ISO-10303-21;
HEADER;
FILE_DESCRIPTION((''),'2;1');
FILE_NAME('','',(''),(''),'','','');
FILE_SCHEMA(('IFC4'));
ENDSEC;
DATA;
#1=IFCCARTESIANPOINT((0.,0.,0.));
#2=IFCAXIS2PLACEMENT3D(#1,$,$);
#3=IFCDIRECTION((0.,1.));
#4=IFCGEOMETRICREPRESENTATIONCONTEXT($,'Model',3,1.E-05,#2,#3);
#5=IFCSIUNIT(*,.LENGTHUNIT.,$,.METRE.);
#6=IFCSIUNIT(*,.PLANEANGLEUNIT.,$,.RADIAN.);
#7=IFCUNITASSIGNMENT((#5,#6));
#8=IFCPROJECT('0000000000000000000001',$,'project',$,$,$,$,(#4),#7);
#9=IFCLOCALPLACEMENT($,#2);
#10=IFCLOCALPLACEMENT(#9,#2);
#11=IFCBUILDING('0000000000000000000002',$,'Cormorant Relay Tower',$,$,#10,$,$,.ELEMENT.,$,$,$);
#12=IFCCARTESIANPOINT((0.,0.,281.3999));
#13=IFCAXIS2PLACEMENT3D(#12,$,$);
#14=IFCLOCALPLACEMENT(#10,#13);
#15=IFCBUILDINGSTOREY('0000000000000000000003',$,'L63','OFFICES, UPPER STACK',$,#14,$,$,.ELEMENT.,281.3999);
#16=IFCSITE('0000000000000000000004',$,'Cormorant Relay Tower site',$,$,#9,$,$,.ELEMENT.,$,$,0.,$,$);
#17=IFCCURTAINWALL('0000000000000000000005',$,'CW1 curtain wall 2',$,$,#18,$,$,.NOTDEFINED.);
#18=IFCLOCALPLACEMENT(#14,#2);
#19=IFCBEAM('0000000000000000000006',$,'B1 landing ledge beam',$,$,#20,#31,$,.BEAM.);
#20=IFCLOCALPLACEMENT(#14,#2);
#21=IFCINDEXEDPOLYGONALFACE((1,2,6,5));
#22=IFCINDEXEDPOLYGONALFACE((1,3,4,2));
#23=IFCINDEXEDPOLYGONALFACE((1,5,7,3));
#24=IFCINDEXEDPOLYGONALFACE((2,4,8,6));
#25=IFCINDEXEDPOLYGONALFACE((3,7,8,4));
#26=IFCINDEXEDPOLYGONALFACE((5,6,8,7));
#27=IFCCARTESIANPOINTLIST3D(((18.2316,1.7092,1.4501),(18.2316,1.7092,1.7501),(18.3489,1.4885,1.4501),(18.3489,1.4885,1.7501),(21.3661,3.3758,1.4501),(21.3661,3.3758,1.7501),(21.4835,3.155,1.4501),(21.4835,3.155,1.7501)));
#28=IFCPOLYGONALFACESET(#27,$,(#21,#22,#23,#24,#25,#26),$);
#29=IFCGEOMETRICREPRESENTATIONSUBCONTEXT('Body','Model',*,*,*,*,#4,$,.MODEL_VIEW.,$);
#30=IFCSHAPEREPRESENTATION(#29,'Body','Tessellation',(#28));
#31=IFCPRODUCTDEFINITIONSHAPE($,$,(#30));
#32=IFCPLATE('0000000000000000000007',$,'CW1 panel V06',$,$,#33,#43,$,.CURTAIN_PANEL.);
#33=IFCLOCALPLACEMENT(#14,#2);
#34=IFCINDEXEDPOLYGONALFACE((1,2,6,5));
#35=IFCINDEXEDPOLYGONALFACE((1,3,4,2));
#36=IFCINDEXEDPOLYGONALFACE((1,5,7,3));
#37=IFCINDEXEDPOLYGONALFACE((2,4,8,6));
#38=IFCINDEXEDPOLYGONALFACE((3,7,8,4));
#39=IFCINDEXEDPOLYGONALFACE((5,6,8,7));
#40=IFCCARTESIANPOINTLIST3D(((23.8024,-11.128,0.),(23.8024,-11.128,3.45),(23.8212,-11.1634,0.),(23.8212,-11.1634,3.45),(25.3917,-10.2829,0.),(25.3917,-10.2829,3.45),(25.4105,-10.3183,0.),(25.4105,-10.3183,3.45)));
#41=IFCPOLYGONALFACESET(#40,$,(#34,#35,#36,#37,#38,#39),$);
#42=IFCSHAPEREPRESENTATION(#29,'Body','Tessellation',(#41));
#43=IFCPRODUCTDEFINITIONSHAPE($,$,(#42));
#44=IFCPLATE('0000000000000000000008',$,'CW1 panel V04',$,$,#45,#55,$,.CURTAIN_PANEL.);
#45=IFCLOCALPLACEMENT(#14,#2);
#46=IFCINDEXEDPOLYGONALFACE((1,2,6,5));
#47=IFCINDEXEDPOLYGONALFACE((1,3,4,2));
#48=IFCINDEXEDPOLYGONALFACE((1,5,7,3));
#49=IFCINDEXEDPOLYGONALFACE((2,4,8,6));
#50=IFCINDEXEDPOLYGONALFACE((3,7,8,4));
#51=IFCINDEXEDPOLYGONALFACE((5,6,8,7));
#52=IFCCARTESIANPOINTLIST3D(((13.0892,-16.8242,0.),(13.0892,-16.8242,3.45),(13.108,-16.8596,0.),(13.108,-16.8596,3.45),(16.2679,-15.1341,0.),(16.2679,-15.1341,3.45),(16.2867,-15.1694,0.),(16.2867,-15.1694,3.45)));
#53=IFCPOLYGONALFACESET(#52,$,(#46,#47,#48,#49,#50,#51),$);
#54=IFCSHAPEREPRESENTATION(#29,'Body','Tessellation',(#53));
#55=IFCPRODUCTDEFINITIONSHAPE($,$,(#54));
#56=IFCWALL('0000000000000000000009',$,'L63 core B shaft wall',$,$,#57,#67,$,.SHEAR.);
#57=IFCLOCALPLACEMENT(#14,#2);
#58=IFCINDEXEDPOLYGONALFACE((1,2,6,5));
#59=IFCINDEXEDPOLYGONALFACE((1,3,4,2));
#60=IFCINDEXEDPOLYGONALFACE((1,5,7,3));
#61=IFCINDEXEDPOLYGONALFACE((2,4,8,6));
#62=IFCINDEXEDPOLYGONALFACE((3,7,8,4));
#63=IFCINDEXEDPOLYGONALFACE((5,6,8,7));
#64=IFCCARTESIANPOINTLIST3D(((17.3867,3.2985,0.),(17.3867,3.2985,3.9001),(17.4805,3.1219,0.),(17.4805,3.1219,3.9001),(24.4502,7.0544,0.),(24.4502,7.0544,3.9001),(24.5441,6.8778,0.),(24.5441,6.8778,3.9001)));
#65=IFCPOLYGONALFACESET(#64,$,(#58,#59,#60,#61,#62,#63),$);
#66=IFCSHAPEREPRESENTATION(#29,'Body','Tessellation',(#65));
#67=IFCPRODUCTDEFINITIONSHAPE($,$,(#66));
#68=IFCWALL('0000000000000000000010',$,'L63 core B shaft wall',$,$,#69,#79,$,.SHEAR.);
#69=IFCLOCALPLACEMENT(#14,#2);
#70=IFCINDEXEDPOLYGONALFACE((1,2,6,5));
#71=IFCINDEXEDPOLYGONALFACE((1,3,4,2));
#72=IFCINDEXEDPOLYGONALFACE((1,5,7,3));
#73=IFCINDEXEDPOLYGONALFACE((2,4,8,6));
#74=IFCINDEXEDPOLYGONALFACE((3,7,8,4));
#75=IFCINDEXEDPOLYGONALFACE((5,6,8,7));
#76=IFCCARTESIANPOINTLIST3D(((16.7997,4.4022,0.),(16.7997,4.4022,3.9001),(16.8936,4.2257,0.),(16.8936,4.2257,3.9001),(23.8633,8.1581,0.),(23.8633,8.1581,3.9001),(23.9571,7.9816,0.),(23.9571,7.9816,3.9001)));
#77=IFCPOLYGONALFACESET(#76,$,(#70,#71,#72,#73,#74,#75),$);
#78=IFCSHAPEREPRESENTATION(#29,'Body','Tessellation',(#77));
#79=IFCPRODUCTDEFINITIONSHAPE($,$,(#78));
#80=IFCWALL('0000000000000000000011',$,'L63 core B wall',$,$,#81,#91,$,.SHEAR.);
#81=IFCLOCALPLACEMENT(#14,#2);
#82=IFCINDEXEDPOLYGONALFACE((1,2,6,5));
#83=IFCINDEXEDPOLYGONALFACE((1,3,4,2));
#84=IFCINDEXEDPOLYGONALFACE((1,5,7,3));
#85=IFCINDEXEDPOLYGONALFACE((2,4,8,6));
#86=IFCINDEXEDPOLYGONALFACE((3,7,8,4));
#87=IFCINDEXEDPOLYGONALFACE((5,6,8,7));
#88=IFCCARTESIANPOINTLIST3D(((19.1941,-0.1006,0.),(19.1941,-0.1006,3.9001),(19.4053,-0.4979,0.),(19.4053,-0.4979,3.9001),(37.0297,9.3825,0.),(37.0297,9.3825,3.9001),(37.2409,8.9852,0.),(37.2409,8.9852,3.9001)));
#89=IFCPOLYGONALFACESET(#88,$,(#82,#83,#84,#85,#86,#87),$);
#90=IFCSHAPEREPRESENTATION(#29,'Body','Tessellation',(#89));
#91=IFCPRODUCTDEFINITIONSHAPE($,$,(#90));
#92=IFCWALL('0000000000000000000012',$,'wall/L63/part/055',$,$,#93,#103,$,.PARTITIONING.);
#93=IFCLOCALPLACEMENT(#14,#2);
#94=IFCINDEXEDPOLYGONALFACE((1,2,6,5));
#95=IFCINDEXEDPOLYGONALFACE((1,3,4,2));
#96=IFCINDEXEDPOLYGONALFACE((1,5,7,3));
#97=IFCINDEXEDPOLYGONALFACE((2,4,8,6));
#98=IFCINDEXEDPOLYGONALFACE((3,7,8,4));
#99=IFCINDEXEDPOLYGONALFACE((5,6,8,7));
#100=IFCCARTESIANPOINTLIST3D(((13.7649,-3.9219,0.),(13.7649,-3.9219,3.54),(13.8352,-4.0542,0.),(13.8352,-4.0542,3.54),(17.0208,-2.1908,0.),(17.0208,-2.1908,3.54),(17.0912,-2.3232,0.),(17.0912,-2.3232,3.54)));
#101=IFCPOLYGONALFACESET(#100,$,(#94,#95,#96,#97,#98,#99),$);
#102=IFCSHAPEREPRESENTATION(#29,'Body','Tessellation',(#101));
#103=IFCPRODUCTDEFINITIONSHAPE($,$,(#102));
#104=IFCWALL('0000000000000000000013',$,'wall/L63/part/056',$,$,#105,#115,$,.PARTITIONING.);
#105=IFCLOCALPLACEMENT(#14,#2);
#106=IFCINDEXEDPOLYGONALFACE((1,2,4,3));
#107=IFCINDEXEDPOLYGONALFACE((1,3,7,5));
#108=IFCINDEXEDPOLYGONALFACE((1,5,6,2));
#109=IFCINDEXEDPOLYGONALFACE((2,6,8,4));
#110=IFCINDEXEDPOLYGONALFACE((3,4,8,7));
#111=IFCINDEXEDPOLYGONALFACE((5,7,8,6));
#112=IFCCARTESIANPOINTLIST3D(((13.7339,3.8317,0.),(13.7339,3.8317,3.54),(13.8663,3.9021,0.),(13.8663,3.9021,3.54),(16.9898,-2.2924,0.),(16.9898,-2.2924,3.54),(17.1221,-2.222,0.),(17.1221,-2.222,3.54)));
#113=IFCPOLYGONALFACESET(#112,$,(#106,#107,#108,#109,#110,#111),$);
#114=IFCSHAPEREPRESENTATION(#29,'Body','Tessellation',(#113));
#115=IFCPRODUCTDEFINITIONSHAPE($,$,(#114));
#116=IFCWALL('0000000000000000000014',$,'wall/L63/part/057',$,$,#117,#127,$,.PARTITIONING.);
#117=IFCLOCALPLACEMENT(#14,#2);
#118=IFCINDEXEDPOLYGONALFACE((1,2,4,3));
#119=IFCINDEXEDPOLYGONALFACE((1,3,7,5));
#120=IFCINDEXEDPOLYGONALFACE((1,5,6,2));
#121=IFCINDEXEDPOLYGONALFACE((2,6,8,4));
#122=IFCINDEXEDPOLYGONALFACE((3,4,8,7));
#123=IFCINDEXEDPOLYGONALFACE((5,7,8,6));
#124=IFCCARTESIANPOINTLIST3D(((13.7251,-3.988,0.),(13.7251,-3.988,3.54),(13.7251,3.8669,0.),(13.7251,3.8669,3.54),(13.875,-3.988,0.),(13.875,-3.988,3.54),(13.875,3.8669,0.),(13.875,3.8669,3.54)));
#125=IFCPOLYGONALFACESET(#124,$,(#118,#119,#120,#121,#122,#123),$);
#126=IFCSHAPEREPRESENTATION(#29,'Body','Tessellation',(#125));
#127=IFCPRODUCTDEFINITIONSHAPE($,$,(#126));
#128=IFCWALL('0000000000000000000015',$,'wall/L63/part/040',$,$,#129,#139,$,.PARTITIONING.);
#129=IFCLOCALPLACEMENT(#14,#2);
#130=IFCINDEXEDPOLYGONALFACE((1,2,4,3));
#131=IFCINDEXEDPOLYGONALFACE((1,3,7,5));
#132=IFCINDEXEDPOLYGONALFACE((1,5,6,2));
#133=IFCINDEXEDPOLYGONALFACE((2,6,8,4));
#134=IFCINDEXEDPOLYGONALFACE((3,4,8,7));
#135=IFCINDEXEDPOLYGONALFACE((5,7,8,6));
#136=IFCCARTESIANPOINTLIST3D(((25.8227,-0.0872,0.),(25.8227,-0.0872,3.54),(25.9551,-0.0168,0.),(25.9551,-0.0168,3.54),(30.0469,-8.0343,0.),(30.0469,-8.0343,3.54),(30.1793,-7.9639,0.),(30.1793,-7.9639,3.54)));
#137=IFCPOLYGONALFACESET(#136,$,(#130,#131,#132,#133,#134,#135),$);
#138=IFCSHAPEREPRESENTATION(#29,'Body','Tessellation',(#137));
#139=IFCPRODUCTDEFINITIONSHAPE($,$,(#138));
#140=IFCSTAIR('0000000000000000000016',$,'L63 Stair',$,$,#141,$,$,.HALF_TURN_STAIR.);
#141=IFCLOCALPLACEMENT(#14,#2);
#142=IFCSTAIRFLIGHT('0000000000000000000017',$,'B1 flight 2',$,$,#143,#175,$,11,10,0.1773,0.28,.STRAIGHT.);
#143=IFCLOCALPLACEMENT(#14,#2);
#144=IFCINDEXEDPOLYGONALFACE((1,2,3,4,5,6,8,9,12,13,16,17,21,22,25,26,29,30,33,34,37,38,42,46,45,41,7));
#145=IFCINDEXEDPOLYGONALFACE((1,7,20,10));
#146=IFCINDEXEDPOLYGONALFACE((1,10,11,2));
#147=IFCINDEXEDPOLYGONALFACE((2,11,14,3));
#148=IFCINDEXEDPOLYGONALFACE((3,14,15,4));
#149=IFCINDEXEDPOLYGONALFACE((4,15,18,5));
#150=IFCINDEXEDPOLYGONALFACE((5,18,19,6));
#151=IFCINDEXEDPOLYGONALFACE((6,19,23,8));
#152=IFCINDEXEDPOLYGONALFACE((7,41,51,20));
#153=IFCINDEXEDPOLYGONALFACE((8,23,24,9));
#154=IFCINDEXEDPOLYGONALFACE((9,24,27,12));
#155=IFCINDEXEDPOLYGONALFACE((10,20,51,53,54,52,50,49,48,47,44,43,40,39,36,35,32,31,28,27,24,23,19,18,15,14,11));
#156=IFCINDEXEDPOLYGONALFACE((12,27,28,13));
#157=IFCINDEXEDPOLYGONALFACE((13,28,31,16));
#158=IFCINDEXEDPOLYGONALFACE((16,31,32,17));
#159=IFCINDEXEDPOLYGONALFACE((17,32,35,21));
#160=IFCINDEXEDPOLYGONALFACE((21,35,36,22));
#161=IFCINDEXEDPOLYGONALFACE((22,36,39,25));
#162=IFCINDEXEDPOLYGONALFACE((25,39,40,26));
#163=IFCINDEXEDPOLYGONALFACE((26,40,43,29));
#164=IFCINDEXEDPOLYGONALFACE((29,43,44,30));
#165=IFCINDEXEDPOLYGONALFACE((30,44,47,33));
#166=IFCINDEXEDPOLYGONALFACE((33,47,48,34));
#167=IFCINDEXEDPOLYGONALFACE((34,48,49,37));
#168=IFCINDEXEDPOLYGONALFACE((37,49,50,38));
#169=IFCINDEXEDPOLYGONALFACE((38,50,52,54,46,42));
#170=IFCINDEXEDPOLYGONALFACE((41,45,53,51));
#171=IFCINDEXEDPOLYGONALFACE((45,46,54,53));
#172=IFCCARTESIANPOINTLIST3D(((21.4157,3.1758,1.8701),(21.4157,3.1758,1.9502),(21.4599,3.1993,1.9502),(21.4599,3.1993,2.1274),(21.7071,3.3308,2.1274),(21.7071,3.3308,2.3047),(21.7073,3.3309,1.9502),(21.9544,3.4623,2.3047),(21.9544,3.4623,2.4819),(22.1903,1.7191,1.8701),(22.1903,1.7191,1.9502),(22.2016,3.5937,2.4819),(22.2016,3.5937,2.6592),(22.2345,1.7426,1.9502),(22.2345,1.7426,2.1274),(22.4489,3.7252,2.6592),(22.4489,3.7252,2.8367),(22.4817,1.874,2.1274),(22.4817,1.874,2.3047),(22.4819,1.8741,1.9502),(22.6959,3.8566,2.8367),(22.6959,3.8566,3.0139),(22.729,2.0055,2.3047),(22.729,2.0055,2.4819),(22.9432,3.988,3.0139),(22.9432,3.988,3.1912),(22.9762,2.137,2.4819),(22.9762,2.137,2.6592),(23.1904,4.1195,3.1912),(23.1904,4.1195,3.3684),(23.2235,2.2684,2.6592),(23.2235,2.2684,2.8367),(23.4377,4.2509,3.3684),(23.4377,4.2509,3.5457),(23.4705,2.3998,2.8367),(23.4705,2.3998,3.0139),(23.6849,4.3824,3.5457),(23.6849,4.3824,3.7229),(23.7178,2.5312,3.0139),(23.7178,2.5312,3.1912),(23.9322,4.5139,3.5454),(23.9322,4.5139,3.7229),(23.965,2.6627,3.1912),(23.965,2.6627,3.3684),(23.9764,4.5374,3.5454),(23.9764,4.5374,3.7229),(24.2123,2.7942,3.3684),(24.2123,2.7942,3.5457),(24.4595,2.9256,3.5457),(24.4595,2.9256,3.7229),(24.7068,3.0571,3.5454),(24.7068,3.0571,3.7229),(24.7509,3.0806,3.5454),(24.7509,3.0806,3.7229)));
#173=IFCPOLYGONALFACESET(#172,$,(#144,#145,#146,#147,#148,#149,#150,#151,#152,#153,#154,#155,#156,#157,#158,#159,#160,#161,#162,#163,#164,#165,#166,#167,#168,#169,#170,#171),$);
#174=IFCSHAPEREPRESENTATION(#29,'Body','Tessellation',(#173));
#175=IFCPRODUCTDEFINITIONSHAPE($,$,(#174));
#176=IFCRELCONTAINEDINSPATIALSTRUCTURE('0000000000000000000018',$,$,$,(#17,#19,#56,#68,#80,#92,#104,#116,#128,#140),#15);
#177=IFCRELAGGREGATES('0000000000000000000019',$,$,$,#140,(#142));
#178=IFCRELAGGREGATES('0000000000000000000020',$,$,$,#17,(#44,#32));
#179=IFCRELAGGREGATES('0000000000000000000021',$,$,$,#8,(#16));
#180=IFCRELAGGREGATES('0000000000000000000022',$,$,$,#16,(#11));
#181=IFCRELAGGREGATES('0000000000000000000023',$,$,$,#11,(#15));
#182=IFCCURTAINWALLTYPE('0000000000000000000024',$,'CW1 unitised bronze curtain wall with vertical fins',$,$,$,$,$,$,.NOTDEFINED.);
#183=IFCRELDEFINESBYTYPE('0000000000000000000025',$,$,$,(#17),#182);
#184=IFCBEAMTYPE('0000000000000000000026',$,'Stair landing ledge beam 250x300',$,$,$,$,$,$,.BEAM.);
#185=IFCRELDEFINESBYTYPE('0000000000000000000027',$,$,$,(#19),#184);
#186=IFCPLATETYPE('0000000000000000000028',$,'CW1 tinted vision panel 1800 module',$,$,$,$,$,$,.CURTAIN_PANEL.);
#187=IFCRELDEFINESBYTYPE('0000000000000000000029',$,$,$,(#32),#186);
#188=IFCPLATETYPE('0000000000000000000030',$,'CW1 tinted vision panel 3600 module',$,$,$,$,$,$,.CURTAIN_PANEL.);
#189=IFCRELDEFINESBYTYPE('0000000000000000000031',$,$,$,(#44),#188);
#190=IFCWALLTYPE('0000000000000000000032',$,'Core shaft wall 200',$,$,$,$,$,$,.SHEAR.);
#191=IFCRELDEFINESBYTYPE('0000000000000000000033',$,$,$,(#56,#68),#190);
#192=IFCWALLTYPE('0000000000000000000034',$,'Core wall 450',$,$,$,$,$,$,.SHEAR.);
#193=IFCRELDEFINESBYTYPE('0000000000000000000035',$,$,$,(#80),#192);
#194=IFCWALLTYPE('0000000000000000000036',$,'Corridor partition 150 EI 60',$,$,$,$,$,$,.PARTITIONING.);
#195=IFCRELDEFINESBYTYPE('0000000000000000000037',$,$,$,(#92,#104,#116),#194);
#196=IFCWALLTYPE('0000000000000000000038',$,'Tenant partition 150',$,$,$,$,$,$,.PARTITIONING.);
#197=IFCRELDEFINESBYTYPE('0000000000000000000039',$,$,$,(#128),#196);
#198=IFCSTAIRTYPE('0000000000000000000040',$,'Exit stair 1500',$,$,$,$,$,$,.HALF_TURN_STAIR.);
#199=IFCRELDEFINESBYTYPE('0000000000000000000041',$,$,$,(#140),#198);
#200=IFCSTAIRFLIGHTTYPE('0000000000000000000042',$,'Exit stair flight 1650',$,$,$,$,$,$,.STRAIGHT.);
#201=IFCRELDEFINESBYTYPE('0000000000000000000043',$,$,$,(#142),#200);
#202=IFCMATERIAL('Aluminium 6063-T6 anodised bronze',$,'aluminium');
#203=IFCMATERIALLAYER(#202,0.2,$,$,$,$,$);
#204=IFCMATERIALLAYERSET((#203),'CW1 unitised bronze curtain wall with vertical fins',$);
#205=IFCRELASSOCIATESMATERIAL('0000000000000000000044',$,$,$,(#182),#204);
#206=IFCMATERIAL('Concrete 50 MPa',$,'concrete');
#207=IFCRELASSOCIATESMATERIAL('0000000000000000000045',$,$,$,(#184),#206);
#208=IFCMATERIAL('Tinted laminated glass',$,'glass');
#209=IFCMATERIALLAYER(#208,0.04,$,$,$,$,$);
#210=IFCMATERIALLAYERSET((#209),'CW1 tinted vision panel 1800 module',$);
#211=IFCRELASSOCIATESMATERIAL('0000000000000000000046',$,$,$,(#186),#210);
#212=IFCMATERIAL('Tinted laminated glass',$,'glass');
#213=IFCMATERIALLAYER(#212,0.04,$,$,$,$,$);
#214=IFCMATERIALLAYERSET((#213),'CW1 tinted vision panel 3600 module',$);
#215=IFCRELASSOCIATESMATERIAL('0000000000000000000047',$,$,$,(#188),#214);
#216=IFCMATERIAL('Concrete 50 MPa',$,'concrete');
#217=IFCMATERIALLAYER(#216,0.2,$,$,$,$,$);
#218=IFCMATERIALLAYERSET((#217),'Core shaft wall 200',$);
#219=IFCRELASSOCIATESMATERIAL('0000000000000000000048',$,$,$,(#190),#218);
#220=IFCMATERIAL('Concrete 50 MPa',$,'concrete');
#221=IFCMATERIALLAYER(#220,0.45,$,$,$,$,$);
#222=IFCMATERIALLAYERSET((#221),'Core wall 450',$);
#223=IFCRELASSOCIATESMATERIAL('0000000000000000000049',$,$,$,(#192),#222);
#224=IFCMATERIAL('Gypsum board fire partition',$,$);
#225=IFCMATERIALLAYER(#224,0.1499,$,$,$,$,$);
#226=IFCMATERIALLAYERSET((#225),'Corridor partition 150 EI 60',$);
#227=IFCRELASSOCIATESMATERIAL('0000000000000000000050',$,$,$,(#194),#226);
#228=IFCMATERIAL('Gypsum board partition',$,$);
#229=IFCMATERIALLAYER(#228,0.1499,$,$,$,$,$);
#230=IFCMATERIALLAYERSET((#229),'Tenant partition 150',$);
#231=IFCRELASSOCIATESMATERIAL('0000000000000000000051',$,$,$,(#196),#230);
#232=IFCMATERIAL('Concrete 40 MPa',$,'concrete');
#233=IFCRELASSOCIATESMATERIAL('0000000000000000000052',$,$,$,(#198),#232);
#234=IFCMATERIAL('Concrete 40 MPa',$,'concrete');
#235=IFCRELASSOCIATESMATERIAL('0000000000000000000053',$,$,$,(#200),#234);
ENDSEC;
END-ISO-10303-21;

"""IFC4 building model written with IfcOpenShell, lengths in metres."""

from ifc_helpers import new_model, si_unit, direction, frame, frame_2d, origin, origin_2d, place, context, subcontext, project, spatial, polyline, rectangle, outline, extrude, material, layer, layer_set, material_profile, profile_set, type_object, element, aggregate, save


model = new_model("IFC4")

# Units and contexts
model_context = context("Model", 3, precision=1e-05, world=origin(), true_north=direction((0.0, 1.0)))
body_context = subcontext(model_context, "Body", "Model", "MODEL_VIEW")
ifc_project = project(units=[si_unit("LENGTHUNIT", "METRE"), si_unit("PLANEANGLEUNIT", "RADIAN")], contexts=[model_context])

# Site, building, storey
site_placement = place(None, origin())
site = spatial("IfcSite", under=ifc_project, at=site_placement, Name="Cormorant Relay Tower site", CompositionType="ELEMENT", RefElevation=0.0)
building_placement = place(site_placement, origin())
building = spatial("IfcBuilding", under=site, at=building_placement, Name="Cormorant Relay Tower", CompositionType="ELEMENT")
storey_placement = place(building_placement, frame((0.0, 0.0, 281.3999)))
storey = spatial("IfcBuildingStorey", under=building, at=storey_placement, Name="L63", Description="OFFICES, UPPER STACK", CompositionType="ELEMENT", Elevation=281.3999)

# Curtain wall
ifc_material_1 = material(Name="Aluminium 6063-T6 anodised bronze", Category="aluminium")
ifc_layer_1 = layer(ifc_material_1, 0.2)
ifc_layer_set_1 = layer_set([ifc_layer_1], Name="CW1 unitised bronze curtain wall with vertical fins")
curtain_wall_type = type_object("IfcCurtainWallType", Name="CW1 unitised bronze curtain wall with vertical fins", PredefinedType="NOTDEFINED", material=ifc_layer_set_1)
curtain_wall_placement = place(storey_placement, origin())
curtain_wall = element("IfcCurtainWall", 1, at=curtain_wall_placement, inside=storey, type_object=curtain_wall_type, Name="CW1 curtain wall 2", PredefinedType="NOTDEFINED")

# Beam
ifc_material_2 = material(Name="Concrete 50 MPa", Category="concrete")
ifc_material_profile_1 = material_profile(ifc_material_2, rectangle(XDim=0.25, YDim=0.3, at=origin_2d()), Name="RC 250x300")
ifc_profile_set_1 = profile_set([ifc_material_profile_1], Name="Concrete 50 MPa")
beam_type_1 = type_object("IfcBeamType", Name="Stair landing ledge beam 250x300", PredefinedType="BEAM", material=ifc_profile_set_1)
beam_1_placement = place(storey_placement, frame((21.4248, 3.2654, 1.6001), z_axis=(-0.882965, -0.469438, 0.0), x_axis=(0.469438, -0.882965, 0.0)))
element("IfcBeam", 2, at=beam_1_placement, inside=storey, type_object=beam_type_1, Name="B1 landing ledge beam", PredefinedType="BEAM", context=body_context, shape_type="SweptSolid", body=[
    extrude(rectangle(XDim=0.25, YDim=0.3, at=origin_2d()), origin(), (0.0, 0.0, 1.0), 3.55),
])

# Plates
ifc_material_3 = material(Name="Tinted laminated glass", Category="glass")
ifc_layer_2 = layer(ifc_material_3, 0.04)
ifc_layer_set_2 = layer_set([ifc_layer_2], Name="CW1 tinted vision panel 1800 module")
plate_type_1 = type_object("IfcPlateType", Name="CW1 tinted vision panel 1800 module", PredefinedType="CURTAIN_PANEL", material=ifc_layer_set_2)
plate_1_placement = place(storey_placement, frame((24.6064, -10.7231, 0.0), z_axis=(0.0, 0.0, 1.0), x_axis=(0.882948, 0.469472, 0.0)))
plate_1 = element("IfcPlate", 3, at=plate_1_placement, type_object=plate_type_1, Name="CW1 panel V06", PredefinedType="CURTAIN_PANEL", context=body_context, shape_type="SweptSolid", body=[
    extrude(rectangle(XDim=1.8, YDim=0.04, at=origin_2d()), origin(), (0.0, 0.0, 1.0), 3.45),
])
ifc_material_4 = material(Name="Tinted laminated glass", Category="glass")
ifc_layer_3 = layer(ifc_material_4, 0.04)
ifc_layer_set_3 = layer_set([ifc_layer_3], Name="CW1 tinted vision panel 3600 module")
plate_type_2 = type_object("IfcPlateType", Name="CW1 tinted vision panel 3600 module", PredefinedType="CURTAIN_PANEL", material=ifc_layer_set_3)
plate_2_placement = place(storey_placement, frame((14.688, -15.9968, 0.0), z_axis=(0.0, 0.0, 1.0), x_axis=(0.882948, 0.469472, 0.0)))
plate_2 = element("IfcPlate", 4, at=plate_2_placement, type_object=plate_type_2, Name="CW1 panel V04", PredefinedType="CURTAIN_PANEL", context=body_context, shape_type="SweptSolid", body=[
    extrude(rectangle(XDim=3.6001, YDim=0.04, at=origin_2d()), origin(), (0.0, 0.0, 1.0), 3.45),
])

# Walls
ifc_material_5 = material(Name="Concrete 50 MPa", Category="concrete")
ifc_layer_4 = layer(ifc_material_5, 0.2)
ifc_layer_set_4 = layer_set([ifc_layer_4], Name="Core shaft wall 200")
wall_type_1 = type_object("IfcWallType", Name="Core shaft wall 200", PredefinedType="SHEAR", material=ifc_layer_set_4)
for number, where, z_axis, x_axis, name in (
    (5, (17.4336, 3.2102, 0.0), (0.0, 0.0, 1.0), (0.88294, 0.469485, 0.0), "L63 core B shaft wall"),
    (6, (16.8467, 4.314, 0.0), (0.0, 0.0, 1.0), (0.88294, 0.469485, 0.0), "L63 core B shaft wall"),
):
    element("IfcWall", number, at=place(storey_placement, frame(where, z_axis=z_axis, x_axis=x_axis)), inside=storey, type_object=wall_type_1, Name=name, PredefinedType="SHEAR", context=body_context, shape_type="SweptSolid", body=[
        extrude(rectangle(XDim=8.0, YDim=0.2, at=frame_2d((4.0, 0.0))), origin(), (0.0, 0.0, 1.0), 3.9001),
    ])

# Shared definitions
ifc_material_6 = material(Name="Concrete 50 MPa", Category="concrete")
ifc_layer_5 = layer(ifc_material_6, 0.45)
ifc_layer_set_5 = layer_set([ifc_layer_5], Name="Core wall 450")
wall_type_2 = type_object("IfcWallType", Name="Core wall 450", PredefinedType="SHEAR", material=ifc_layer_set_5)

# Walls
wall_1_placement = place(storey_placement, frame((19.2996, -0.2993, 0.0), z_axis=(0.0, 0.0, 1.0), x_axis=(0.882953, 0.469462, 0.0)))
element("IfcWall", 7, at=wall_1_placement, inside=storey, type_object=wall_type_2, Name="L63 core B wall", PredefinedType="SHEAR", context=body_context, shape_type="SweptSolid", body=[
    extrude(rectangle(XDim=20.2, YDim=0.45, at=frame_2d((10.1001, 0.0))), origin(), (0.0, 0.0, 1.0), 3.9001),
])
ifc_material_7 = material(Name="Gypsum board fire partition")
ifc_layer_6 = layer(ifc_material_7, 0.1499)
ifc_layer_set_6 = layer_set([ifc_layer_6], Name="Corridor partition 150 EI 60")
wall_type_3 = type_object("IfcWallType", Name="Corridor partition 150 EI 60", PredefinedType="PARTITIONING", material=ifc_layer_set_6)
wall_2_placement = place(storey_placement, frame((13.8, -3.988, 0.0), z_axis=(0.0, 0.0, 1.0), x_axis=(0.882972, 0.469426, 0.0)))
element("IfcWall", 8, at=wall_2_placement, inside=storey, type_object=wall_type_3, Name="wall/L63/part/055", PredefinedType="PARTITIONING", context=body_context, shape_type="SweptSolid", body=[
    extrude(rectangle(XDim=3.6875, YDim=0.1499, at=frame_2d((1.8438, 0.0))), origin(), (0.0, 0.0, 1.0), 3.54),
])
wall_3_placement = place(storey_placement, frame((17.0559, -2.2571, 0.0), z_axis=(0.0, 0.0, 1.0), x_axis=(-0.469433, 0.882968, 0.0)))
element("IfcWall", 9, at=wall_3_placement, inside=storey, type_object=wall_type_3, Name="wall/L63/part/056", PredefinedType="PARTITIONING", context=body_context, shape_type="SweptSolid", body=[
    extrude(rectangle(XDim=6.9358, YDim=0.1499, at=frame_2d((3.4678, 0.0))), origin(), (0.0, 0.0, 1.0), 3.54),
])
wall_4_placement = place(storey_placement, frame((13.8, 3.8669, 0.0), z_axis=(0.0, 0.0, 1.0), x_axis=(0.0, -1.0, 0.0)))
element("IfcWall", 10, at=wall_4_placement, inside=storey, type_object=wall_type_3, Name="wall/L63/part/057", PredefinedType="PARTITIONING", context=body_context, shape_type="SweptSolid", body=[
    extrude(rectangle(XDim=7.855, YDim=0.1499, at=frame_2d((3.9275, 0.0))), origin(), (0.0, 0.0, 1.0), 3.54),
])
ifc_material_8 = material(Name="Gypsum board partition")
ifc_layer_7 = layer(ifc_material_8, 0.1499)
ifc_layer_set_7 = layer_set([ifc_layer_7], Name="Tenant partition 150")
wall_type_4 = type_object("IfcWallType", Name="Tenant partition 150", PredefinedType="PARTITIONING", material=ifc_layer_set_7)
wall_5_placement = place(storey_placement, frame((25.8889, -0.052, 0.0), z_axis=(0.0, 0.0, 1.0), x_axis=(0.469352, -0.883011, 0.0)))
element("IfcWall", 11, at=wall_5_placement, inside=storey, type_object=wall_type_4, Name="wall/L63/part/040", PredefinedType="PARTITIONING", context=body_context, shape_type="SweptSolid", body=[
    extrude(rectangle(XDim=9.0, YDim=0.1499, at=frame_2d((4.5, 0.0))), origin(), (0.0, 0.0, 1.0), 3.54),
])

# Stair, stair flight
ifc_material_9 = material(Name="Concrete 40 MPa", Category="concrete")
stair_type = type_object("IfcStairType", Name="Exit stair 1500", PredefinedType="HALF_TURN_STAIR", material=ifc_material_9)
stair_placement = place(storey_placement, origin())
stair = element("IfcStair", 12, at=stair_placement, inside=storey, type_object=stair_type, Name="L63 Stair", PredefinedType="HALF_TURN_STAIR")
ifc_material_10 = material(Name="Concrete 40 MPa", Category="concrete")
stair_flight_type = type_object("IfcStairFlightType", Name="Exit stair flight 1650", PredefinedType="STRAIGHT", material=ifc_material_10)
stair_flight_placement = place(storey_placement, frame((21.8472, 2.4709, 1.9502), z_axis=(0.0, 0.0, 1.0), x_axis=(0.882948, 0.469472, 0.0)))
stair_flight = element("IfcStairFlight", 13, at=stair_flight_placement, type_object=stair_flight_type, Name="B1 flight 2", NumberOfRisers=11, NumberOfTreads=10, PredefinedType="STRAIGHT", RiserHeight=0.1773, TreadLength=0.28, context=body_context, shape_type="SweptSolid", body=[
    extrude(outline(polyline([(-0.05, -0.0801), (-0.05, 0.0), (0.0, 0.0), (0.0, 0.1772), (0.28, 0.1772), (0.28, 0.3545), (0.5601, 0.3545), (0.5601, 0.5317), (0.8401, 0.5317), (0.8401, 0.709), (1.1201, 0.709), (1.1201, 0.8865), (1.3999, 0.8865), (1.3999, 1.0637), (1.6799, 1.0637), (1.6799, 1.241), (1.96, 1.241), (1.96, 1.4182), (2.24, 1.4182), (2.24, 1.5955), (2.52, 1.5955), (2.52, 1.7727), (2.8, 1.7727), (2.8501, 1.7727), (2.8501, 1.5952), (2.8, 1.5952), (0.2803, 0.0), (-0.05, -0.0801)])), frame((0.0, 0.825, 0.0), z_axis=(0.0, -1.0, 0.0), x_axis=(1.0, 0.0, 0.0)), (0.0, 0.0, 1.0), 1.6499),
])
aggregate(stair, [stair_flight])

aggregate(curtain_wall, [plate_2, plate_1])

save(model, "model.ifc")
